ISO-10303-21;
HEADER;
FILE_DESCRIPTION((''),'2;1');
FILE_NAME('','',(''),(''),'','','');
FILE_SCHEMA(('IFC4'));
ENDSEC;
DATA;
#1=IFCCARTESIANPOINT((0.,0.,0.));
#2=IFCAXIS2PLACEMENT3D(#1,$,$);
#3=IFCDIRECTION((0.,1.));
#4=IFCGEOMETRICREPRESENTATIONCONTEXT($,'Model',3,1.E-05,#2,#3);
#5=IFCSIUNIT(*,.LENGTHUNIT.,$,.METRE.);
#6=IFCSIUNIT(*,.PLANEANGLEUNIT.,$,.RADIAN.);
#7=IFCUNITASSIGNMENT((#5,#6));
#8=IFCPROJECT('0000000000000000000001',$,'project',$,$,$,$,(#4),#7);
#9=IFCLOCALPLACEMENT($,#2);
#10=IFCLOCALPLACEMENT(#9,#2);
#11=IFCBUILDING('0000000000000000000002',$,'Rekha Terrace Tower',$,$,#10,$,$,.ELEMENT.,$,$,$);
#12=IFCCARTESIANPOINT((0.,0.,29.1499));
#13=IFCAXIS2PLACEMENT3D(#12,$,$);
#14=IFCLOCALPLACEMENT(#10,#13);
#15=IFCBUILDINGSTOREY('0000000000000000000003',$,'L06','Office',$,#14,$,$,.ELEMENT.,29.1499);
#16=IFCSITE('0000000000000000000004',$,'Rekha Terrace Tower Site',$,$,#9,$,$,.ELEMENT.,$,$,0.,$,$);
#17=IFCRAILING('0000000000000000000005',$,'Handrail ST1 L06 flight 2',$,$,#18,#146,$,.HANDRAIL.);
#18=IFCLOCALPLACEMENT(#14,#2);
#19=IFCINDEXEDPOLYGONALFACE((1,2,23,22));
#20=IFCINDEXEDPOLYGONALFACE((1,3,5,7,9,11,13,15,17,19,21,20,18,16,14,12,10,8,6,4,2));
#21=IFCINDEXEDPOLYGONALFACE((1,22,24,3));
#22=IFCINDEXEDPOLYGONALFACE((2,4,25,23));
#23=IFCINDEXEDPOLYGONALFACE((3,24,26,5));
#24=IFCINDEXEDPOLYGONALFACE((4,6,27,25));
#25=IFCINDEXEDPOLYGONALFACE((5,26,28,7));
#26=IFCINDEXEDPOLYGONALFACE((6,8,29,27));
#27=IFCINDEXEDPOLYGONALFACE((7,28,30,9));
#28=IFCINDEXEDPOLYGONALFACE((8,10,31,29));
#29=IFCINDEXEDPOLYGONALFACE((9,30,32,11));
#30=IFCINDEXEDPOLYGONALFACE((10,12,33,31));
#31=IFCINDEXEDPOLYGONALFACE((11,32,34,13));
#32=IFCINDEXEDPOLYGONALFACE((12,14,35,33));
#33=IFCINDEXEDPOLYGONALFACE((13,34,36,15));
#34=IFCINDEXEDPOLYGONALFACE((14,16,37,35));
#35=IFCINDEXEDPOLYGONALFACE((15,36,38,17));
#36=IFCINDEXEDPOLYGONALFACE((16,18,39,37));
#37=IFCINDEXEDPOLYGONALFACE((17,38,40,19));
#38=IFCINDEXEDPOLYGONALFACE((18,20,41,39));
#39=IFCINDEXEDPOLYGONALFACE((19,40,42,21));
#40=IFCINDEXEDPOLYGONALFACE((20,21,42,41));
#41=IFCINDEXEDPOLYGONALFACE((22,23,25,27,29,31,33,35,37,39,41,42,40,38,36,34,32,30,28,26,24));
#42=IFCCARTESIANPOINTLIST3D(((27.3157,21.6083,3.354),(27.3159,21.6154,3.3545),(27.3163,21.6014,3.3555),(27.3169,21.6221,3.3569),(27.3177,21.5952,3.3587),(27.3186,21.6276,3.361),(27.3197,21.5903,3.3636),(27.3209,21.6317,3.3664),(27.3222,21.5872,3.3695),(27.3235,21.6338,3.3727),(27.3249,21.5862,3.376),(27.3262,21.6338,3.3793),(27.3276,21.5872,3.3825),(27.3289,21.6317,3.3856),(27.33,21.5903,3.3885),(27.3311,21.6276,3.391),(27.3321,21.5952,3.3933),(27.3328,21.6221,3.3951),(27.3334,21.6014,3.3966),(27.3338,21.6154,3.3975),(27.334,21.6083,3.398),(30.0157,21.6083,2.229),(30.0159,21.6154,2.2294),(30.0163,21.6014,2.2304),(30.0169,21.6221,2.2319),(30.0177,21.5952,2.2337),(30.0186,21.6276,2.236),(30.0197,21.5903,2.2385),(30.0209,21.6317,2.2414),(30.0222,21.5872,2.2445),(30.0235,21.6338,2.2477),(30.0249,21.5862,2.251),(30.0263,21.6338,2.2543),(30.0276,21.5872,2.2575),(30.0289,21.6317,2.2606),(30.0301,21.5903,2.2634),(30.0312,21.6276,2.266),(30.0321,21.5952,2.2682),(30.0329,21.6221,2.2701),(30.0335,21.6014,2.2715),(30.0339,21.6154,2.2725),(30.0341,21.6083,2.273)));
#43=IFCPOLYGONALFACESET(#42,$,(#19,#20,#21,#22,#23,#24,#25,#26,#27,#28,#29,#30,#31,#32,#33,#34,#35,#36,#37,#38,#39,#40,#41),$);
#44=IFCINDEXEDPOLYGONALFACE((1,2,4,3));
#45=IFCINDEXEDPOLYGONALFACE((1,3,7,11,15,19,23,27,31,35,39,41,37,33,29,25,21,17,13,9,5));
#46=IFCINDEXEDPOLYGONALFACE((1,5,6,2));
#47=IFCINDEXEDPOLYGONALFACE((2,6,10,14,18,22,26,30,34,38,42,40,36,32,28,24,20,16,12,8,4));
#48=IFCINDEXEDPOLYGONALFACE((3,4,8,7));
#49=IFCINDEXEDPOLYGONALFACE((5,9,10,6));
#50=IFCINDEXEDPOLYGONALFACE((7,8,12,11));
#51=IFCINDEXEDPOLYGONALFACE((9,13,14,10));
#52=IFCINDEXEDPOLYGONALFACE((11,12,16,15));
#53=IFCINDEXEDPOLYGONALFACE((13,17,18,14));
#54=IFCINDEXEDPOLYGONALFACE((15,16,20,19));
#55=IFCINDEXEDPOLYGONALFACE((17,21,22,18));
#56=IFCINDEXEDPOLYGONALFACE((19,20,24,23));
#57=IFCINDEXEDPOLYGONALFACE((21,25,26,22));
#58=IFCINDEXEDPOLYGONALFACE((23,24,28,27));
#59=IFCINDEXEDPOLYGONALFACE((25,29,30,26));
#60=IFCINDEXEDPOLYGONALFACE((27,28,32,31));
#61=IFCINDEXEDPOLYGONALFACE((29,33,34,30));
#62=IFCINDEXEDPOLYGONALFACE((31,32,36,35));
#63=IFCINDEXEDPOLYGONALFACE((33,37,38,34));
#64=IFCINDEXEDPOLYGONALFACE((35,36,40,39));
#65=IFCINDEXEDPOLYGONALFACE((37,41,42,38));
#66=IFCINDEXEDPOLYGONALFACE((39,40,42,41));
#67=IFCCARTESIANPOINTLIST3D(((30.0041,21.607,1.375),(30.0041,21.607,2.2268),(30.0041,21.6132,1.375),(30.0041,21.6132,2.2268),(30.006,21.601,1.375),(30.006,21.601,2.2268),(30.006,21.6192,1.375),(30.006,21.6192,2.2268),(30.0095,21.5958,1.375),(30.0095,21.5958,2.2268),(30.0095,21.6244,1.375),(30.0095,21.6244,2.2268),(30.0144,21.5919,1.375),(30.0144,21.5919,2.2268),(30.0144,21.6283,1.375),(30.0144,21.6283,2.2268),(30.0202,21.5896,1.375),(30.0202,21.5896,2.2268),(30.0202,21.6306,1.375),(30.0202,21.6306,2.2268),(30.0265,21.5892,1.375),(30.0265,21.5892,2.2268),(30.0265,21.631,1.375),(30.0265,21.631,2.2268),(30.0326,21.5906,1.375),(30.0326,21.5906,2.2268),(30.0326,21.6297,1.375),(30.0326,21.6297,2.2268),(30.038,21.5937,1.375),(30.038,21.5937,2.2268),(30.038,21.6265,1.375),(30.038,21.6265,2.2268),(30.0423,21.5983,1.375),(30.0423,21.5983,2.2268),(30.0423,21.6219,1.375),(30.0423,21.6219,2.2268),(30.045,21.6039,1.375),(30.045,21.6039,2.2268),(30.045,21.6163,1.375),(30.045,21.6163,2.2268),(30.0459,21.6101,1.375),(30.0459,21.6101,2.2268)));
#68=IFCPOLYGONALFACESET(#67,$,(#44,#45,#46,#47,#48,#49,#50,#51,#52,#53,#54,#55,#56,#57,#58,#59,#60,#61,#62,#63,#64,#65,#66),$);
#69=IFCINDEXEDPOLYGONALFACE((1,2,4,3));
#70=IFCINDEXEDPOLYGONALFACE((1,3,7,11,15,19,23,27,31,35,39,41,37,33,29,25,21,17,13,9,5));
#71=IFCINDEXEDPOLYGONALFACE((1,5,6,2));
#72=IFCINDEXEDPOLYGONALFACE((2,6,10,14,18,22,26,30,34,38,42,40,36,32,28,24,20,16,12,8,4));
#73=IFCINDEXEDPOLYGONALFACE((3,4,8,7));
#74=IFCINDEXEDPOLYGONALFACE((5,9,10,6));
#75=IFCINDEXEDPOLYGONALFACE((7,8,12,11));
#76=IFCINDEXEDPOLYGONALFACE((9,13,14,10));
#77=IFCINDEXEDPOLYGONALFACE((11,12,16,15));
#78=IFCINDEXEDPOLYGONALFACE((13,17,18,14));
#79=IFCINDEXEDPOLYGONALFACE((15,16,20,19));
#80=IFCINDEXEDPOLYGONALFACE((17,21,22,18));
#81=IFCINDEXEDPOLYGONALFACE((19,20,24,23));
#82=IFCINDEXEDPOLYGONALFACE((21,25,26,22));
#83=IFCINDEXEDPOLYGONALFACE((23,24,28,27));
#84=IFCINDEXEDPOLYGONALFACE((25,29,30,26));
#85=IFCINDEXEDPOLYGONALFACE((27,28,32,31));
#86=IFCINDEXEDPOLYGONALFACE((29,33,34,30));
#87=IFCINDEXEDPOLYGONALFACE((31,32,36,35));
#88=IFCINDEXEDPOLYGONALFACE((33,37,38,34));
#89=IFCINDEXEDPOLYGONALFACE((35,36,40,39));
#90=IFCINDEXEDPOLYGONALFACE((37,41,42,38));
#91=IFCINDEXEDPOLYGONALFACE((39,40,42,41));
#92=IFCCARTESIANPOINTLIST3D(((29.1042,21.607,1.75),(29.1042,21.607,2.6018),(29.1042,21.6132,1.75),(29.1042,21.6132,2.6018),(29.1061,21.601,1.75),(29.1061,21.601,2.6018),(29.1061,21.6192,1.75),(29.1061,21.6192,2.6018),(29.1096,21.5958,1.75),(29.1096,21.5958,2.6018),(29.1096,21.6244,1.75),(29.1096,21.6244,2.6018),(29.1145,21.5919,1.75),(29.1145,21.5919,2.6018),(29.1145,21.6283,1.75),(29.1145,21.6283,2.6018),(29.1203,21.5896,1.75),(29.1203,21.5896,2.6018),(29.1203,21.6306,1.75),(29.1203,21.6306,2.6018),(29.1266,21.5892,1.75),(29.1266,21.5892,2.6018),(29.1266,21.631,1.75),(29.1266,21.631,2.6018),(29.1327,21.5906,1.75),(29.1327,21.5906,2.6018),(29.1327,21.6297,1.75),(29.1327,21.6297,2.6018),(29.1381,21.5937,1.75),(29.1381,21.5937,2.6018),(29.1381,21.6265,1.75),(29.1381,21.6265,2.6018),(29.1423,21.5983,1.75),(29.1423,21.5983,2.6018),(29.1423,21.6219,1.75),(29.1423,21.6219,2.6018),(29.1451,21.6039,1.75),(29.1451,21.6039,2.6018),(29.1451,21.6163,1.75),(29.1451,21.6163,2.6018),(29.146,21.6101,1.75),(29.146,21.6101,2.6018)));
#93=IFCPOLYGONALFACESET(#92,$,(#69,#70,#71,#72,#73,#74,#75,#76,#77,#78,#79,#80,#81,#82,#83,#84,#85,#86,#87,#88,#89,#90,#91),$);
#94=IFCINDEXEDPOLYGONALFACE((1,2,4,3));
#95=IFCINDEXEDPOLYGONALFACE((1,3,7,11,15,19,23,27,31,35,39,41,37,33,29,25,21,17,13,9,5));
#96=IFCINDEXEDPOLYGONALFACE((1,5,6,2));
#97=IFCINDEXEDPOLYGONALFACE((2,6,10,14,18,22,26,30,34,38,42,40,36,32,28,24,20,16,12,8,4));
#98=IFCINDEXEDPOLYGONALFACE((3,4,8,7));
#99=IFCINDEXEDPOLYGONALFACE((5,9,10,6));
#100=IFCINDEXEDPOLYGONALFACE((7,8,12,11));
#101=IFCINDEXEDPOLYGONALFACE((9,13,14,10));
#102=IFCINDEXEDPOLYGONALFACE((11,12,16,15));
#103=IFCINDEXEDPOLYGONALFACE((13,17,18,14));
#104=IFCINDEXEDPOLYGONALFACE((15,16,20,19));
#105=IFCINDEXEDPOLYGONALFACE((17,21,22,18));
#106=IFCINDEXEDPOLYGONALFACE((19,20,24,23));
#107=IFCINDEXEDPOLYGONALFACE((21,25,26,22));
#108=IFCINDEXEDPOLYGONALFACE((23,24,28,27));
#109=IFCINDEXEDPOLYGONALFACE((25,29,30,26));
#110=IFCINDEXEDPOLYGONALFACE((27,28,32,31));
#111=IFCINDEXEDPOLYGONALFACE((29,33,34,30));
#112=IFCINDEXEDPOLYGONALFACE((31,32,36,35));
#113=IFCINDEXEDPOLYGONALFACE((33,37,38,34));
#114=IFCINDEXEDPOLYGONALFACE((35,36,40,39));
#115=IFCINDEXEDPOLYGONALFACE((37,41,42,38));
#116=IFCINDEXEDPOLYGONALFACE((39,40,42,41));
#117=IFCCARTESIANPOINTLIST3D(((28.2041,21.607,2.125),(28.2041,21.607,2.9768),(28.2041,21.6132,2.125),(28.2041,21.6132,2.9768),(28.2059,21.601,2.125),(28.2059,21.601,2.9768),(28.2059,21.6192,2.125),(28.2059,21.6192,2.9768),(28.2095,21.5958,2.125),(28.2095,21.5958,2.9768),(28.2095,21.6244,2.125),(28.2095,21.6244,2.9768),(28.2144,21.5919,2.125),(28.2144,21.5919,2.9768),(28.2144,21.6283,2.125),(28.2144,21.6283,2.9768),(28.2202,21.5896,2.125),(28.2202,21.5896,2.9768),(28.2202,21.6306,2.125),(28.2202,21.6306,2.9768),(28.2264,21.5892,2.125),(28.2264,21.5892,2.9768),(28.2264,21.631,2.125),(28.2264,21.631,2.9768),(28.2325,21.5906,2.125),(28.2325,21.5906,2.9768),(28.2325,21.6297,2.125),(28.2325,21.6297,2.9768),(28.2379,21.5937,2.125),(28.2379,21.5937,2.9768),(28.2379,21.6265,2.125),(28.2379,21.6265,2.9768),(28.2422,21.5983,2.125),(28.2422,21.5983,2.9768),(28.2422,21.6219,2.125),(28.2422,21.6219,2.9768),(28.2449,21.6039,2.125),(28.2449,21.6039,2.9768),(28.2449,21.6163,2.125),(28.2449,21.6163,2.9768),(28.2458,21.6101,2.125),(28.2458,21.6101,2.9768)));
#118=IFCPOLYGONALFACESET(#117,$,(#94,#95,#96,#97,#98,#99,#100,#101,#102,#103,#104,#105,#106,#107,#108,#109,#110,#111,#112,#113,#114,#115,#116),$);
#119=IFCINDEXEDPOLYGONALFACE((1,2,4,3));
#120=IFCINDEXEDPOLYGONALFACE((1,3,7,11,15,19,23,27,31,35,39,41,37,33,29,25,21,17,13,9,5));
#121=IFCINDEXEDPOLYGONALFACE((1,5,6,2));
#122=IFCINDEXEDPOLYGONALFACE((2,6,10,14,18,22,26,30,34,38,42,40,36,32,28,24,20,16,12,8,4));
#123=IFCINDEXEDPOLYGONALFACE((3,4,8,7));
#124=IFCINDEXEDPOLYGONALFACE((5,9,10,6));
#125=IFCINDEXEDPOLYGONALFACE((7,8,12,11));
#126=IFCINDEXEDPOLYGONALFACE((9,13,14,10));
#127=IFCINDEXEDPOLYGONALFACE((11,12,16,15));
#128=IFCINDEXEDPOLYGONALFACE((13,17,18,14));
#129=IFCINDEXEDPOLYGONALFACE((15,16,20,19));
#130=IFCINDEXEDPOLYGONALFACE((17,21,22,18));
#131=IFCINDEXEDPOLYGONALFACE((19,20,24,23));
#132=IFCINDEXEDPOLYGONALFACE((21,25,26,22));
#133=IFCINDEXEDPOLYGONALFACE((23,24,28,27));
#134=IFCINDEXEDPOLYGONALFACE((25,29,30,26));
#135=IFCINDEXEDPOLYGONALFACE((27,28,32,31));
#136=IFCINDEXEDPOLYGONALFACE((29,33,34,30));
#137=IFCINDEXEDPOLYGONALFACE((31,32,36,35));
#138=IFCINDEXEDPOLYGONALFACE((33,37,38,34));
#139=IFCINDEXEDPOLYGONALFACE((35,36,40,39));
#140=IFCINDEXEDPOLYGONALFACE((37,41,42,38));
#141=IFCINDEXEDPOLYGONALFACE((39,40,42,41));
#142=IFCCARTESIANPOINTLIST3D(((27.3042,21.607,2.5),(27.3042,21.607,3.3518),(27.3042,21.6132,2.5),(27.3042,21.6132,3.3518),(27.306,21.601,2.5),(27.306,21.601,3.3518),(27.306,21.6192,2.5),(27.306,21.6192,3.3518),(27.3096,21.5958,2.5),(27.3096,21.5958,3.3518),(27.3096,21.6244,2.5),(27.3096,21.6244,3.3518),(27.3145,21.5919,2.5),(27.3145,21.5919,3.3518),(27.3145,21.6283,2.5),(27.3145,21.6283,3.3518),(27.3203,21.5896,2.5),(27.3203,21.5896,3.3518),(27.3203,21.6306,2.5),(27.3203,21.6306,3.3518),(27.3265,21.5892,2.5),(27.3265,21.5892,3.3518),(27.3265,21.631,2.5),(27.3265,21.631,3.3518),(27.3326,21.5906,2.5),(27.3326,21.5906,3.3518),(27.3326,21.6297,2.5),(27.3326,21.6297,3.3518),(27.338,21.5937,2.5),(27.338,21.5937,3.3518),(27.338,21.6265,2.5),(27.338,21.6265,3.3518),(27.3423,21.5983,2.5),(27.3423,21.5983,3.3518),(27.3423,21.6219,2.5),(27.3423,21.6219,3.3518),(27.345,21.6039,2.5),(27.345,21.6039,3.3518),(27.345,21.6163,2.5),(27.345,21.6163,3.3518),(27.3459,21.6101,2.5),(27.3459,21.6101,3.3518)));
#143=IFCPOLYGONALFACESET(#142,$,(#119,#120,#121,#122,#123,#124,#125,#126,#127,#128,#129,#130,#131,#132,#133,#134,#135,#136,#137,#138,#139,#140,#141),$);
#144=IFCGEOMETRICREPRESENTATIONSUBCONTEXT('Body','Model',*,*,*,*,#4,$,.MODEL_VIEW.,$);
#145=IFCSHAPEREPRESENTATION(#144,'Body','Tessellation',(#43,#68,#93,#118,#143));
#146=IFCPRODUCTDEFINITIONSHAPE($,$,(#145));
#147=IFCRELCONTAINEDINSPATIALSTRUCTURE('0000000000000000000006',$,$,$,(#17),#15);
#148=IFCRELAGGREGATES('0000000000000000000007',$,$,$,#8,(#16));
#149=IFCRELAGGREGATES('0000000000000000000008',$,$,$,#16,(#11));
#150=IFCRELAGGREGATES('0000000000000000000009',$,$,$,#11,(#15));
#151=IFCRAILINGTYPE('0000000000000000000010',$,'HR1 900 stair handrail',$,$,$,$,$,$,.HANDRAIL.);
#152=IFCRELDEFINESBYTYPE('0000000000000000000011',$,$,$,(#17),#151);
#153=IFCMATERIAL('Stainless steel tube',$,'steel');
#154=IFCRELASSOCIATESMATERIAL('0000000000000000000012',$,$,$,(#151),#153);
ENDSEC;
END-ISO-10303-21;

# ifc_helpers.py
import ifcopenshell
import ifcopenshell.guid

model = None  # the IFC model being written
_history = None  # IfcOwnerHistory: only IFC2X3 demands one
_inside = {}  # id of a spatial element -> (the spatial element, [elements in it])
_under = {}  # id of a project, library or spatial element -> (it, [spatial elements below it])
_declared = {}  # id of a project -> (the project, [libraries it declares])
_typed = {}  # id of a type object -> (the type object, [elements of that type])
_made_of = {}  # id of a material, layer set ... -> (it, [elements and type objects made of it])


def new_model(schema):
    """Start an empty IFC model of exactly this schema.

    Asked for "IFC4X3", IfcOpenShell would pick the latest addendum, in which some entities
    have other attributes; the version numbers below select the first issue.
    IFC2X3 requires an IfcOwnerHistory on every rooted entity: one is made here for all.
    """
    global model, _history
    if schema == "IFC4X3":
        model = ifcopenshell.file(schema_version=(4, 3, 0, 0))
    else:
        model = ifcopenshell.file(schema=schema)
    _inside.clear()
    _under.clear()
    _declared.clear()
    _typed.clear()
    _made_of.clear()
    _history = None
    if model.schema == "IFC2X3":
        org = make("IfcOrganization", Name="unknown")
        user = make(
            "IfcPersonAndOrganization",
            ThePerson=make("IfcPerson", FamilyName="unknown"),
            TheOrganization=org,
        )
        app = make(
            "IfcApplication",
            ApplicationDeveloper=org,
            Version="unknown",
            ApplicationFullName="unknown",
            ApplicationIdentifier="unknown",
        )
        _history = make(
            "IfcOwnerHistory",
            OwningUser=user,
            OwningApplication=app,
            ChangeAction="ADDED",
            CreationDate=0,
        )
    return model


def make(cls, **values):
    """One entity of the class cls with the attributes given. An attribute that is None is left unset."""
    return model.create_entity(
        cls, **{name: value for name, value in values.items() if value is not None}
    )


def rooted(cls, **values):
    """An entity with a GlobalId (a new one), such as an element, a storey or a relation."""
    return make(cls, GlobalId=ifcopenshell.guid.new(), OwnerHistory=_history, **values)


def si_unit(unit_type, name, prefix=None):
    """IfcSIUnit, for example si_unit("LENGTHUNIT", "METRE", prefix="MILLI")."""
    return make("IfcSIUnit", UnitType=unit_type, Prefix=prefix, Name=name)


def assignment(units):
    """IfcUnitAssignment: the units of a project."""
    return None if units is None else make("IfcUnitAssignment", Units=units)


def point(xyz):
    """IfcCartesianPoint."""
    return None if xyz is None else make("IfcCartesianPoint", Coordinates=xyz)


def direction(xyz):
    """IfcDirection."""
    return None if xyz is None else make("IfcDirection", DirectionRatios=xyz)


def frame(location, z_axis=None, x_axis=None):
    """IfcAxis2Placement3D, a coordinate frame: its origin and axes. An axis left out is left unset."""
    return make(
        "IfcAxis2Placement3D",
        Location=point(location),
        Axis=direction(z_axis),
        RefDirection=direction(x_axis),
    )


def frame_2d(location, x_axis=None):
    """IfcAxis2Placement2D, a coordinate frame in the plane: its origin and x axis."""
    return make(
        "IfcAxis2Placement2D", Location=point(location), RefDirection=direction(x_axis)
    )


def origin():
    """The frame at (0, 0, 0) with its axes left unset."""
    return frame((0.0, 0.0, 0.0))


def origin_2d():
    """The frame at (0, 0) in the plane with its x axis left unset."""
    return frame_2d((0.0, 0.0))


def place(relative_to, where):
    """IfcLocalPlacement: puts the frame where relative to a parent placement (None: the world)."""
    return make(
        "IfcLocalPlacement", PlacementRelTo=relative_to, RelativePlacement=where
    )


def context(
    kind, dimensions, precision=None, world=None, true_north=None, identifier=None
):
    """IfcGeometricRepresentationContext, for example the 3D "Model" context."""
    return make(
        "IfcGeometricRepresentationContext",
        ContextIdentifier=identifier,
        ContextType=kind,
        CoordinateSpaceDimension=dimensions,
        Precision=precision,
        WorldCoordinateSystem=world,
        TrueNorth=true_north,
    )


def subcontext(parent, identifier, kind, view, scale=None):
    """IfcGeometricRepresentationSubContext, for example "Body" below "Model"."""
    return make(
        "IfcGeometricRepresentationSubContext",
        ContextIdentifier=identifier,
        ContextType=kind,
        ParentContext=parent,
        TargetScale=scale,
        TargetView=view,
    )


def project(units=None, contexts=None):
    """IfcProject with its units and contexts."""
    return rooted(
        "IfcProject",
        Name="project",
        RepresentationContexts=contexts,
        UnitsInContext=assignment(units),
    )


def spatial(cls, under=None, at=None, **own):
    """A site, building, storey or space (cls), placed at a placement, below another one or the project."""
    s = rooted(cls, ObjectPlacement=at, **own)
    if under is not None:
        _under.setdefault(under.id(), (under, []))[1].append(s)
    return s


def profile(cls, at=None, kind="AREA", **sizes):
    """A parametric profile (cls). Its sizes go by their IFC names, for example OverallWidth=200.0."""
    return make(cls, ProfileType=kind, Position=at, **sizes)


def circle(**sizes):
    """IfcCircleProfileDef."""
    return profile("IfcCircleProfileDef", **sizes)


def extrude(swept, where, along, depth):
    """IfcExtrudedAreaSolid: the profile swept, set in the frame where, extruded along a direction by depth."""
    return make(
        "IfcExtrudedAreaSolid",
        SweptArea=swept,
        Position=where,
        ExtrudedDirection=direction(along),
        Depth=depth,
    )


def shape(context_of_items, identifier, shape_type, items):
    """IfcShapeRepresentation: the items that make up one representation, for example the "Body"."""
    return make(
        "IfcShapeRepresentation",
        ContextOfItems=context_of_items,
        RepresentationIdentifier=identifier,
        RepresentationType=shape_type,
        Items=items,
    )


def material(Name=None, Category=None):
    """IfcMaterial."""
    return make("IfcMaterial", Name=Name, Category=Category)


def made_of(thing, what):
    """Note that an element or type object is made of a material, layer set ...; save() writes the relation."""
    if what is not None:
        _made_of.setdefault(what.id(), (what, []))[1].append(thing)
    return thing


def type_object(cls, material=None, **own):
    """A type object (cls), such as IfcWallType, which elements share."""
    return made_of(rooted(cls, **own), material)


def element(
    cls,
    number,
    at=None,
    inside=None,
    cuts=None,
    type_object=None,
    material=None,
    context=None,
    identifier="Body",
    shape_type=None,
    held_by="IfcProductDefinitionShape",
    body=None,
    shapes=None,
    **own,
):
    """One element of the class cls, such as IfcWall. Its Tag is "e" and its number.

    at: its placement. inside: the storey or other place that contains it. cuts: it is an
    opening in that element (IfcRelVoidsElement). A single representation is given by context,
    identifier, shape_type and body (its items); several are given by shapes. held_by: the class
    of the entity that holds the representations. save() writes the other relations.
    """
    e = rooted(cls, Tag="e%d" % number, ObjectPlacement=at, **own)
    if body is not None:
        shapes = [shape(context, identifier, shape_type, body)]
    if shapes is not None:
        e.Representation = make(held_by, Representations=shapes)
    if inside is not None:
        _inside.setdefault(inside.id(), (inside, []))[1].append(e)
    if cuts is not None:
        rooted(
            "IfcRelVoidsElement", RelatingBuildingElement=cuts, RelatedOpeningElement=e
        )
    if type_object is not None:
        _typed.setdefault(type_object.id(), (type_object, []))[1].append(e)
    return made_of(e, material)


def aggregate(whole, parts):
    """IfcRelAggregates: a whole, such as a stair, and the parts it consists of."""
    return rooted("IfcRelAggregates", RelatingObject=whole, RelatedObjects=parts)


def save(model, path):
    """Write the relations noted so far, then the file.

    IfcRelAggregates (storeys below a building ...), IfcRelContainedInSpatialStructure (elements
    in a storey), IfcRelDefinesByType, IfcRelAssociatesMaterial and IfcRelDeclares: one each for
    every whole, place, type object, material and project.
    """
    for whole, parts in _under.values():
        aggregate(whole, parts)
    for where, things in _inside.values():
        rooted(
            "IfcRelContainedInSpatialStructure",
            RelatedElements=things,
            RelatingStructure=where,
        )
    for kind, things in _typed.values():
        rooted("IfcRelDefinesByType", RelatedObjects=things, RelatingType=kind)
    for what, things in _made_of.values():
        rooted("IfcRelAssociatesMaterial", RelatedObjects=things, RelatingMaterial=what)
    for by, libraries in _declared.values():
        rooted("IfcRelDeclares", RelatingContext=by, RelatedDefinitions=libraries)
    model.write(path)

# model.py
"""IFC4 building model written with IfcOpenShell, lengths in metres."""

from ifc_helpers import new_model, si_unit, direction, frame, origin, origin_2d, place, context, subcontext, project, spatial, circle, extrude, material, type_object, element, save


model = new_model("IFC4")

# Units and contexts
model_context = context("Model", 3, precision=1e-05, world=origin(), true_north=direction((0.0, 1.0)))
body_context = subcontext(model_context, "Body", "Model", "MODEL_VIEW")
ifc_project = project(units=[si_unit("LENGTHUNIT", "METRE"), si_unit("PLANEANGLEUNIT", "RADIAN")], contexts=[model_context])

# Site, building, storey
site_placement = place(None, origin())
site = spatial("IfcSite", under=ifc_project, at=site_placement, Name="Rekha Terrace Tower Site", CompositionType="ELEMENT", RefElevation=0.0)
building_placement = place(site_placement, origin())
building = spatial("IfcBuilding", under=site, at=building_placement, Name="Rekha Terrace Tower", CompositionType="ELEMENT")
storey_placement = place(building_placement, frame((0.0, 0.0, 29.1499)))
storey = spatial("IfcBuildingStorey", under=building, at=storey_placement, Name="L06", Description="Office", CompositionType="ELEMENT", Elevation=29.1499)

# Railing
ifc_material_1 = material(Name="Stainless steel tube", Category="steel")
railing_type = type_object("IfcRailingType", Name="HR1 900 stair handrail", PredefinedType="HANDRAIL", material=ifc_material_1)
railing_placement = place(storey_placement, frame((30.0249, 21.6101, 1.375)))
element("IfcRailing", 1, at=railing_placement, inside=storey, type_object=railing_type, Name="Handrail ST1 L06 flight 2", PredefinedType="HANDRAIL", context=body_context, shape_type="SweptSolid", body=[
    extrude(circle(Radius=0.0239, at=origin_2d()), frame((0.0, 0.0, 0.876), z_axis=(-0.923074, 0.0, 0.384621), x_axis=(0.0, -1.0, 0.0)), (0.0, 0.0, 1.0), 2.925),
    extrude(circle(Radius=0.021, at=origin_2d()), origin(), (0.0, 0.0, 1.0), 0.8518),
    extrude(circle(Radius=0.021, at=origin_2d()), frame((-0.8999, 0.0, 0.375)), (0.0, 0.0, 1.0), 0.8518),
    extrude(circle(Radius=0.021, at=origin_2d()), frame((-1.8, 0.0, 0.75)), (0.0, 0.0, 1.0), 0.8518),
    extrude(circle(Radius=0.021, at=origin_2d()), frame((-2.7, 0.0, 1.125)), (0.0, 0.0, 1.0), 0.8518),
])

save(model, "model.ifc")
